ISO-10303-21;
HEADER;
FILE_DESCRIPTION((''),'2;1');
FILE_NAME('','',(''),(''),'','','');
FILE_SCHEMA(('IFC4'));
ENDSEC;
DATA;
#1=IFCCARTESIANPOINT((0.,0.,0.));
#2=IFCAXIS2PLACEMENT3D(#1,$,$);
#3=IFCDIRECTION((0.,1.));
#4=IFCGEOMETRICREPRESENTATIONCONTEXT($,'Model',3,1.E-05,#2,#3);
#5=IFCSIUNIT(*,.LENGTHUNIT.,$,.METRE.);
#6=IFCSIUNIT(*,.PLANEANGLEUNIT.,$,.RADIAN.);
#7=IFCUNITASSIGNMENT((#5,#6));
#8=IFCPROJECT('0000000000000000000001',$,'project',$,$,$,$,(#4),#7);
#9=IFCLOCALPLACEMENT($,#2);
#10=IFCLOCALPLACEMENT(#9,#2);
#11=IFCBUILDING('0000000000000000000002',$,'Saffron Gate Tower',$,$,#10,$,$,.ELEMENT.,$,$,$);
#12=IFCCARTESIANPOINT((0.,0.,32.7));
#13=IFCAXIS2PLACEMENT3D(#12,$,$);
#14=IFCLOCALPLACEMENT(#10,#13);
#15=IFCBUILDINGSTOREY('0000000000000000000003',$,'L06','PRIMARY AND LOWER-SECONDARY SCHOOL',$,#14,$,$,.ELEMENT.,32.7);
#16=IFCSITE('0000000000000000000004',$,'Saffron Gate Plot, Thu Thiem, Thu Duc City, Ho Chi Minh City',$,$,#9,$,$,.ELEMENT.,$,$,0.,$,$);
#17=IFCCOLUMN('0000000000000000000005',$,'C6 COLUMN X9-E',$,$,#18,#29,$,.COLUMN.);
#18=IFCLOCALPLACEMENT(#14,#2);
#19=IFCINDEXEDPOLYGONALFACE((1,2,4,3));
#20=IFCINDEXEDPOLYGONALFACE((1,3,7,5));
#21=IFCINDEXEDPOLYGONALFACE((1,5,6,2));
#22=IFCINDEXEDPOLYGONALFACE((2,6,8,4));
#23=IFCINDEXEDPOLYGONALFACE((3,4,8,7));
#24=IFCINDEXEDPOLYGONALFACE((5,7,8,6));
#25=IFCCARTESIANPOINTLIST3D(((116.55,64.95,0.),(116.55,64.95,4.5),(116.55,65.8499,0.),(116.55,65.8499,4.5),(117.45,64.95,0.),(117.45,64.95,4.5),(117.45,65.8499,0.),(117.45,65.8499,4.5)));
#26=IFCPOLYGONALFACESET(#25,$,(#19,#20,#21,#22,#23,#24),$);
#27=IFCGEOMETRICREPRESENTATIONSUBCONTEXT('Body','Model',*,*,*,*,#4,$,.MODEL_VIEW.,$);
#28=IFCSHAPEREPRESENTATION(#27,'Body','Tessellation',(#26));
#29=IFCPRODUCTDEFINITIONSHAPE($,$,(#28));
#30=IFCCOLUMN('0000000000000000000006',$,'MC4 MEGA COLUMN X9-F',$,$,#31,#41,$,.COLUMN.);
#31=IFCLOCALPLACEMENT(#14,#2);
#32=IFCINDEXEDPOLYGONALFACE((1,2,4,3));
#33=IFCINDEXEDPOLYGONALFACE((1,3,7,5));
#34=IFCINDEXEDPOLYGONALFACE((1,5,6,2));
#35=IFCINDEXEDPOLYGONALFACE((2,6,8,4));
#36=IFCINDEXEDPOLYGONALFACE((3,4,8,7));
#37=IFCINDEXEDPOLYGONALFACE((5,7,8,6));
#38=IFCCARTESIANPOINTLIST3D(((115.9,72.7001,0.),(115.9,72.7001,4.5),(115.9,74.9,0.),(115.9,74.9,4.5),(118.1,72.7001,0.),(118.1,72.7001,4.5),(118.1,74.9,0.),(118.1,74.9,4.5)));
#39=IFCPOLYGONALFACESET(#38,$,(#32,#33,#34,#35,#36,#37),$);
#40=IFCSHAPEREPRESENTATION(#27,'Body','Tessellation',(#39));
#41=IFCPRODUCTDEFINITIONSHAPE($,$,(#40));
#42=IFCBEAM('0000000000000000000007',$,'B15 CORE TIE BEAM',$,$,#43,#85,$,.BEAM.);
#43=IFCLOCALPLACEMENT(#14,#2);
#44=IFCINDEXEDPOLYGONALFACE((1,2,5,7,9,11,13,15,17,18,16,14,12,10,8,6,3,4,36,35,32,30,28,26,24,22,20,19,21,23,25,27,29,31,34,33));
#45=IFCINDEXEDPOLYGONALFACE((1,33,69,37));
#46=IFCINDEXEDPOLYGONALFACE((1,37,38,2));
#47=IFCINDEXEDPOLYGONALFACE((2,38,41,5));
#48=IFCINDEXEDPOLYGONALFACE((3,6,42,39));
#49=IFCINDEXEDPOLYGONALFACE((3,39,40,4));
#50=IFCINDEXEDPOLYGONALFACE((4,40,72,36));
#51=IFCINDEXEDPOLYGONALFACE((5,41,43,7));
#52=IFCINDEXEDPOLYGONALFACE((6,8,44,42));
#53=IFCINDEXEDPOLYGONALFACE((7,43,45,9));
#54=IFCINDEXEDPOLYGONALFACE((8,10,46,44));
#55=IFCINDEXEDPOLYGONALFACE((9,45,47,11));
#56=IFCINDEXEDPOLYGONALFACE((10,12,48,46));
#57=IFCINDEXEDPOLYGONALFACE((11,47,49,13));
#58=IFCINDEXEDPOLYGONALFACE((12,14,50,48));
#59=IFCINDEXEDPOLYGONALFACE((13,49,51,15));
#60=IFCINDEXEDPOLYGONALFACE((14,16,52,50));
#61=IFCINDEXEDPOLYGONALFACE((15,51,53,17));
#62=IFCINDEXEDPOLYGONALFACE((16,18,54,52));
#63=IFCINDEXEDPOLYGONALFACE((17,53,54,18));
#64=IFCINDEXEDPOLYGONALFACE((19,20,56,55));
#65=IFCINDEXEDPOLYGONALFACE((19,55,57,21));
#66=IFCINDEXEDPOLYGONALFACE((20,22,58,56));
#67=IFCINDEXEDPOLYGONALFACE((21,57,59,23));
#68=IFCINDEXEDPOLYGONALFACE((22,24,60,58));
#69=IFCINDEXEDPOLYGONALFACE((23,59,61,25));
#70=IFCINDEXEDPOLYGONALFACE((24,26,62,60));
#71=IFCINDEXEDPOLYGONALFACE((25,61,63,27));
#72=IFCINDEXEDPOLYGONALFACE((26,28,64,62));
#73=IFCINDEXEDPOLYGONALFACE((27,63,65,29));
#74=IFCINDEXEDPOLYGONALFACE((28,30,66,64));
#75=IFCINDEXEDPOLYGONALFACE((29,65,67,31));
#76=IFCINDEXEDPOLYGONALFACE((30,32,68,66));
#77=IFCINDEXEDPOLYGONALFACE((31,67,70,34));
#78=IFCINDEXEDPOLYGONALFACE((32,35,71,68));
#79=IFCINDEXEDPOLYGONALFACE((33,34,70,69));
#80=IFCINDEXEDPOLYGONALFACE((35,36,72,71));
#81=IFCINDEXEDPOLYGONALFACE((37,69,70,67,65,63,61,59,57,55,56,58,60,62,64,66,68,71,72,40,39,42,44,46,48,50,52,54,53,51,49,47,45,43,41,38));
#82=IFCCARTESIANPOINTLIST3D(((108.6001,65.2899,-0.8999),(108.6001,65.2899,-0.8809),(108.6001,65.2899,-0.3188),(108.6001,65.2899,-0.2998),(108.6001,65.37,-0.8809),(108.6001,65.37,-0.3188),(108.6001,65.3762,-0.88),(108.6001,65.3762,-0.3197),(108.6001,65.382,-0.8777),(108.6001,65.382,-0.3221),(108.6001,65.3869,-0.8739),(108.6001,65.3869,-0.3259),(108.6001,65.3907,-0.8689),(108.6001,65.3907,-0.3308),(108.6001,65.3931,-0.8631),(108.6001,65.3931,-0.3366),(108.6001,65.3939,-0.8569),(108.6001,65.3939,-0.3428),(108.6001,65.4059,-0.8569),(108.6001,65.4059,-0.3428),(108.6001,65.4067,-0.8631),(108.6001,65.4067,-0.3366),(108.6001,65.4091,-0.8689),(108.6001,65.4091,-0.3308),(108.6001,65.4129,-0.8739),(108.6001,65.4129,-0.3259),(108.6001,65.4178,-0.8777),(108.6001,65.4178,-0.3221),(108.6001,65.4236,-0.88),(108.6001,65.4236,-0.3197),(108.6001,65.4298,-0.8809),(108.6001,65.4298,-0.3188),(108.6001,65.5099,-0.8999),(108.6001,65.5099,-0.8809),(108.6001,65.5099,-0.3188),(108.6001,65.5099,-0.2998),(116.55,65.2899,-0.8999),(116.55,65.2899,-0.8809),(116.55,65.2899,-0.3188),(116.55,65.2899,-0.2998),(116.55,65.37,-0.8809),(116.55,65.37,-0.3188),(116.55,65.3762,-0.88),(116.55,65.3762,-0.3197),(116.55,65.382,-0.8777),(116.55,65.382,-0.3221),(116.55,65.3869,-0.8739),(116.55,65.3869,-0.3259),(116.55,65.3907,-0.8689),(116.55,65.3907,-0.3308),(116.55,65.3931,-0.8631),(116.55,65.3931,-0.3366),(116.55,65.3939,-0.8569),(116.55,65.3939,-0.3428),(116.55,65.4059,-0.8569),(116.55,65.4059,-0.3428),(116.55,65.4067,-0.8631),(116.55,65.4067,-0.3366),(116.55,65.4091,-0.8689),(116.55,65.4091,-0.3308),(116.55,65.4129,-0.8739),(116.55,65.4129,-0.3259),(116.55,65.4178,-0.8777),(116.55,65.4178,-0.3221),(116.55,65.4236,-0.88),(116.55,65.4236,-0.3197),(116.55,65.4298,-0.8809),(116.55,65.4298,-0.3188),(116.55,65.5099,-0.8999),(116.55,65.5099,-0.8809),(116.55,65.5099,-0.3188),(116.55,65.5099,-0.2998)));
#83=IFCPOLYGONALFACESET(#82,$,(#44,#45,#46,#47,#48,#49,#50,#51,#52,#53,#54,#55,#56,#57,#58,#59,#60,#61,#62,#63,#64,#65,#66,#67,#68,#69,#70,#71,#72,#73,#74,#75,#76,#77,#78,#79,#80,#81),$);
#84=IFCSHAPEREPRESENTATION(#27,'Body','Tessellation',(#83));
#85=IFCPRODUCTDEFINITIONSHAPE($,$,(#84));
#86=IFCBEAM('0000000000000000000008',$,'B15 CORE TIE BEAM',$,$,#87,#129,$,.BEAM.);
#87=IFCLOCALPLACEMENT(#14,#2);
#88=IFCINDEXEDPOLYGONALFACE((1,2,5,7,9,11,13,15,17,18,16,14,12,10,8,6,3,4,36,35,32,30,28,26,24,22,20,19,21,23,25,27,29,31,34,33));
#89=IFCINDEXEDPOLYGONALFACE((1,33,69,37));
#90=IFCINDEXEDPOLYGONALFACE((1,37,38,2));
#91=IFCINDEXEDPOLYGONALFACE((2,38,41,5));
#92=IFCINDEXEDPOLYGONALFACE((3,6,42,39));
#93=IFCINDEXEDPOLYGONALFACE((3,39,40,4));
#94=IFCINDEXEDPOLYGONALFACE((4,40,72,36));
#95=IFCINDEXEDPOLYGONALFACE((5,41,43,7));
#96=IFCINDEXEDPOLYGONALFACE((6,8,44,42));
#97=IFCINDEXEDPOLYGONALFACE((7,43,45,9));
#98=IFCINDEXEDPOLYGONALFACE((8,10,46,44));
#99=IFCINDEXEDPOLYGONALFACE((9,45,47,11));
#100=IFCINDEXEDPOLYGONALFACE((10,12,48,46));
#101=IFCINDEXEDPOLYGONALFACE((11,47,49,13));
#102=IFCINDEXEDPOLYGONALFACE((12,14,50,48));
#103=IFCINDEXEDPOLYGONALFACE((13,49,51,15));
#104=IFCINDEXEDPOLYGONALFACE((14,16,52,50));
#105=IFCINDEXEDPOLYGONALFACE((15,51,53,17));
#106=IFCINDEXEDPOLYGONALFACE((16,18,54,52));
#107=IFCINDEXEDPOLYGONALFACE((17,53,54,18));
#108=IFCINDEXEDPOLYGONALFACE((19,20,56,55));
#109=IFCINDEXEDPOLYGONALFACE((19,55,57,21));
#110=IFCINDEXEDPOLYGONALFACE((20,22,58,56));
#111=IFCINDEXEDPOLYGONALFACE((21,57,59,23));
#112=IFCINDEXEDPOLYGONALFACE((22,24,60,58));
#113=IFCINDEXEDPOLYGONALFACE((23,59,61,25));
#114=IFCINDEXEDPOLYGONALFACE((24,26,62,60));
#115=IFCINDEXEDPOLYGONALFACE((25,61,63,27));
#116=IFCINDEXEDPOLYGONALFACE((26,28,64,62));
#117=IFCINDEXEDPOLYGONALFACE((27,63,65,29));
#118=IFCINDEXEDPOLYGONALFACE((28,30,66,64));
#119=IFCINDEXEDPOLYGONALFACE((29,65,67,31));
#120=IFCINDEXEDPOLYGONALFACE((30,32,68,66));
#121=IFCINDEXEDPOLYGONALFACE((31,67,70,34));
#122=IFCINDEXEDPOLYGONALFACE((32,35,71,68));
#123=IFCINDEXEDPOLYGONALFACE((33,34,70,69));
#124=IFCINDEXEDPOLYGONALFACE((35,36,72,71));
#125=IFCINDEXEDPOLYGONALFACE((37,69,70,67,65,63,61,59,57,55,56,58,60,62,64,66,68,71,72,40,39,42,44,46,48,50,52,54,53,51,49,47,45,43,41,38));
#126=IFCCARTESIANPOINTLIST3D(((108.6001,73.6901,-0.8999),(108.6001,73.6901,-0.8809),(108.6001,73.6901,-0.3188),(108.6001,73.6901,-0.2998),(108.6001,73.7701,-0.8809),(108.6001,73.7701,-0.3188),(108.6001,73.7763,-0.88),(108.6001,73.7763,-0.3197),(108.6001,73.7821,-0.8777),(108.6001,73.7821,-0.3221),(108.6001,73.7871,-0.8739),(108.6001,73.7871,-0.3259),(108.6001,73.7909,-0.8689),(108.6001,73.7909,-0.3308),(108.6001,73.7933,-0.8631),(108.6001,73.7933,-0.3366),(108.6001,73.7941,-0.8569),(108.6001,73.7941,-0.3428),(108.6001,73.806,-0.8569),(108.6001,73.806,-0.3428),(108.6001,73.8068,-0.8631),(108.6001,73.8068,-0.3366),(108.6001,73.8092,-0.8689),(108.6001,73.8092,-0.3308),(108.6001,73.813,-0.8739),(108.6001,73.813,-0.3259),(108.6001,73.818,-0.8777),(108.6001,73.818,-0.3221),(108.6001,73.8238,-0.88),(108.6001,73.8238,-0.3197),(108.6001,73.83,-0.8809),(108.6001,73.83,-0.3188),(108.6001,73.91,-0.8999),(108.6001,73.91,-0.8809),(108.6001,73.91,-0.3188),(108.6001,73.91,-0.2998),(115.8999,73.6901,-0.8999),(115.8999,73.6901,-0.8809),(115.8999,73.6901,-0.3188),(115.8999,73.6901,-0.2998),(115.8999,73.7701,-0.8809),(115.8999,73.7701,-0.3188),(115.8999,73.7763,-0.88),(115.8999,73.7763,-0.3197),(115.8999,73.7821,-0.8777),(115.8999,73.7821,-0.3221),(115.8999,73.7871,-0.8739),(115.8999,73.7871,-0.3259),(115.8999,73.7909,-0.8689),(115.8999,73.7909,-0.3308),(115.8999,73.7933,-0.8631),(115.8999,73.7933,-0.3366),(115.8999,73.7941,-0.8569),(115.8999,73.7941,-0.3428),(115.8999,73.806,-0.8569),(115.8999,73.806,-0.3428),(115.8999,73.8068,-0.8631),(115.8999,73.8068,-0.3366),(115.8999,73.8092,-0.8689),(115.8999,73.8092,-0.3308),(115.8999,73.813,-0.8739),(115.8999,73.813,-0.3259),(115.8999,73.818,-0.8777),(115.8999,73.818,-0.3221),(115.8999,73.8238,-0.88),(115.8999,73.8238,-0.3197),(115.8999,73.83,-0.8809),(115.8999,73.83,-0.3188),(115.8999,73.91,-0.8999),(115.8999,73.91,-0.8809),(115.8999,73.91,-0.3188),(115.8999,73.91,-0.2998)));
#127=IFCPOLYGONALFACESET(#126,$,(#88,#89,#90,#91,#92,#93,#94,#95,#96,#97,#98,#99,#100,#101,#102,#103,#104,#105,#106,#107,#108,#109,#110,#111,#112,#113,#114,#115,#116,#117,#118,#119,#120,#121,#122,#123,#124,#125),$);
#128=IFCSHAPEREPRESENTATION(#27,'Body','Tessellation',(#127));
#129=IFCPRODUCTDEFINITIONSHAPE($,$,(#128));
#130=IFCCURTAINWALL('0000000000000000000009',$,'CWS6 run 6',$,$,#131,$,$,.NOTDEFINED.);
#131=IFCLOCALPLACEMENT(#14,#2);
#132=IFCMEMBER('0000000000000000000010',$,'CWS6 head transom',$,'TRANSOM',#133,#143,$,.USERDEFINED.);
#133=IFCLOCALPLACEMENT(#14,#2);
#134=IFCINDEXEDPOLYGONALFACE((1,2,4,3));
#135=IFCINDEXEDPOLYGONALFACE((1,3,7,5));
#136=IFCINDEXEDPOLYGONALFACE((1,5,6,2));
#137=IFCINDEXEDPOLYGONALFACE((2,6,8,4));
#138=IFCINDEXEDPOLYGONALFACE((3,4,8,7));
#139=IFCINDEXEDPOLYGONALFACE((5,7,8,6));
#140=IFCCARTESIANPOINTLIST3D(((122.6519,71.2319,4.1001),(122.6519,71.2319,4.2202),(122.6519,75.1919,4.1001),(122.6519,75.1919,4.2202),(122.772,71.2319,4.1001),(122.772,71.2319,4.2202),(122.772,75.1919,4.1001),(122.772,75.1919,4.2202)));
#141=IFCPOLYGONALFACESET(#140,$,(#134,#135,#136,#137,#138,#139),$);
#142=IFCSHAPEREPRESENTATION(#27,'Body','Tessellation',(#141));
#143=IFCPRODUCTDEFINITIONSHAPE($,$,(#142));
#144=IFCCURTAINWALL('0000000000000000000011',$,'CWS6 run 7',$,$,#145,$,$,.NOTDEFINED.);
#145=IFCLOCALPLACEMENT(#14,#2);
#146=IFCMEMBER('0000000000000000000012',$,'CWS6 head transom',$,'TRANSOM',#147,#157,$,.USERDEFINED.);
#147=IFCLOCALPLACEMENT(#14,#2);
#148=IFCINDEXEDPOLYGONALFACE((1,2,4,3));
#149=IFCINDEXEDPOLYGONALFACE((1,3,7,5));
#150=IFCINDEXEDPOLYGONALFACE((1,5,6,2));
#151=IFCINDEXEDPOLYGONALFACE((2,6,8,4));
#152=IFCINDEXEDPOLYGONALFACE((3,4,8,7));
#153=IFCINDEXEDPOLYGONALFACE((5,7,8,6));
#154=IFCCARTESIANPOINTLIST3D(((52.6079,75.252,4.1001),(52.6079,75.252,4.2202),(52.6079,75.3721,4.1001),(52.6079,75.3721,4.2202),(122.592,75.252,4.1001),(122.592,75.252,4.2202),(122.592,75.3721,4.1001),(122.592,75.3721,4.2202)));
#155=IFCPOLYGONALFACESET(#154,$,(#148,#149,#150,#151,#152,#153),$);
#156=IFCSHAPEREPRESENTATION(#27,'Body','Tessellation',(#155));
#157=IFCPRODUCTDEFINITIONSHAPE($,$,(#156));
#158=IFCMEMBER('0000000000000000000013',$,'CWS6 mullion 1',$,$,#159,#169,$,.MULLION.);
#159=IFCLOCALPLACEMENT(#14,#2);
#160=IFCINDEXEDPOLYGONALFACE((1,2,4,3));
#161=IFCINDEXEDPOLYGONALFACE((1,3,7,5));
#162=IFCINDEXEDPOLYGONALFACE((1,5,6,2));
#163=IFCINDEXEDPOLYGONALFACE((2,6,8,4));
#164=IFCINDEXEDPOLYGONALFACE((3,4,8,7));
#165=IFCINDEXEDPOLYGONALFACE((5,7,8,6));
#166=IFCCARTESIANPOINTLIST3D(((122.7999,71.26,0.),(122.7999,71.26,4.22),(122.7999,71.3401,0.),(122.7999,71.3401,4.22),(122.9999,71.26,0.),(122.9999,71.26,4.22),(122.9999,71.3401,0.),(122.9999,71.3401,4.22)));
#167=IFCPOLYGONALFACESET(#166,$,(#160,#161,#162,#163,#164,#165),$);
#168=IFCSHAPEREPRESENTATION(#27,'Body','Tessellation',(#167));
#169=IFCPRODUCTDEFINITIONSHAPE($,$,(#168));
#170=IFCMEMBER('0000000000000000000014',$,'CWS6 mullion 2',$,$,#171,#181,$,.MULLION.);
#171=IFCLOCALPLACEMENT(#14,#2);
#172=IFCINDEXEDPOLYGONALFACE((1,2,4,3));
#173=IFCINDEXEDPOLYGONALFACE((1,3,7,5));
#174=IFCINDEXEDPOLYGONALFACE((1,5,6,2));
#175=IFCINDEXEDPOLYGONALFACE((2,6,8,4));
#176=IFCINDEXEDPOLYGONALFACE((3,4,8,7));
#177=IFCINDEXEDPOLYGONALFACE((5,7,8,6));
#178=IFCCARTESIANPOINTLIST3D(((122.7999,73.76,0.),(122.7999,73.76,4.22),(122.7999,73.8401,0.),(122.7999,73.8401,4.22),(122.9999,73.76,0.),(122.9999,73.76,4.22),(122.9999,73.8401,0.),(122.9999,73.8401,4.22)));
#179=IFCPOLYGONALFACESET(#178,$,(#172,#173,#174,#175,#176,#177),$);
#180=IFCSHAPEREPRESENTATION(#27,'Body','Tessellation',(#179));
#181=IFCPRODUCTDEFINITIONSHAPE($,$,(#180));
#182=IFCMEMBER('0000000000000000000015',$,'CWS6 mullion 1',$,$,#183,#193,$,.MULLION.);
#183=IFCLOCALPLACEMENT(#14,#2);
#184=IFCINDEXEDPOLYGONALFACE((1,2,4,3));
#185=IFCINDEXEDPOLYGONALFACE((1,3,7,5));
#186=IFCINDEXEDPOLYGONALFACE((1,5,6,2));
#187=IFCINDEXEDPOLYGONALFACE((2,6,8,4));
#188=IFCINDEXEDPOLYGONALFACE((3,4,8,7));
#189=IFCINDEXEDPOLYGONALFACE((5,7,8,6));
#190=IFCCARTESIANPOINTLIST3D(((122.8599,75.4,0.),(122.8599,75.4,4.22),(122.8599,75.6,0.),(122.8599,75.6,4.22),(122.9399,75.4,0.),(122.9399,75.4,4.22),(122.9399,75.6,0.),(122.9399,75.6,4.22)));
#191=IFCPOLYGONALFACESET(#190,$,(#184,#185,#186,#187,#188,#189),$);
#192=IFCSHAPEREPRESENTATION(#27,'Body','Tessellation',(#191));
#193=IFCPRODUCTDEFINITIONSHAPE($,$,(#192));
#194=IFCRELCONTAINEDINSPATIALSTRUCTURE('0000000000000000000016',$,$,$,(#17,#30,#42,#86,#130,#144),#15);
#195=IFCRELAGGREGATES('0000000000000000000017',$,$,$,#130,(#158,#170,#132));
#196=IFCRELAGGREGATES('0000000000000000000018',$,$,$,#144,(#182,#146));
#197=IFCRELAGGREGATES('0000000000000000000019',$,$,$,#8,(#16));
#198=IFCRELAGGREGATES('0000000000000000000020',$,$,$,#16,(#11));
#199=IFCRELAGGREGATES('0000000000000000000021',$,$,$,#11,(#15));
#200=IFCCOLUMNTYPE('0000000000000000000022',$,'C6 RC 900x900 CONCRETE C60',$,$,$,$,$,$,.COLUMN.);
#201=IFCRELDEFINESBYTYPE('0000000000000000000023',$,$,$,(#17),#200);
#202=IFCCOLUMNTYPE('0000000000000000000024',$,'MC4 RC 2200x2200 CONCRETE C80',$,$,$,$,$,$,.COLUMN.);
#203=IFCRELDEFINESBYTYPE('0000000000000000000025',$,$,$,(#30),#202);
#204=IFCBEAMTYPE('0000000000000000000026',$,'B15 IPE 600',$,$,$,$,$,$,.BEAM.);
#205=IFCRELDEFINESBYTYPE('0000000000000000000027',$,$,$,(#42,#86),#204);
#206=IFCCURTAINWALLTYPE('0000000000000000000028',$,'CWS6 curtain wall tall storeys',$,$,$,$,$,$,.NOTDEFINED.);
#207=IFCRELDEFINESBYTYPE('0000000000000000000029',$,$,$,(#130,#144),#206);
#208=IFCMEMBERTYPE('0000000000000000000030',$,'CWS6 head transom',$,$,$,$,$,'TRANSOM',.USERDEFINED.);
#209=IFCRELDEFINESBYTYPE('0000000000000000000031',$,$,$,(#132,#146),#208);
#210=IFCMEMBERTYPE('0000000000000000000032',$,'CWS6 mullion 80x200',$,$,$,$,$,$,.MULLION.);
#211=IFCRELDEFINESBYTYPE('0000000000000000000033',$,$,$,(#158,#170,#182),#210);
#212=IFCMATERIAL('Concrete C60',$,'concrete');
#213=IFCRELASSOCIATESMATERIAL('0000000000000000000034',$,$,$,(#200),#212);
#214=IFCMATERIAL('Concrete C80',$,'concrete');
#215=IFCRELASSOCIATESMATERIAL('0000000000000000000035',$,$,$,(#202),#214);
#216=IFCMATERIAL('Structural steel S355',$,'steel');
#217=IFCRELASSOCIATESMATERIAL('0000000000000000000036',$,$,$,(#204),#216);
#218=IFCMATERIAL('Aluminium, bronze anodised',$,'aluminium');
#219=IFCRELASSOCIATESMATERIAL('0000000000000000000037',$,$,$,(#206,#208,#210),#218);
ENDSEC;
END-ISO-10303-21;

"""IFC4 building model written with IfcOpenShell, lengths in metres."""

from ifc_helpers import new_model, si_unit, direction, frame, origin, origin_2d, place, context, subcontext, project, spatial, rectangle, i_section, extrude, material, material_profile, profile_set, type_object, element, aggregate, save


model = new_model("IFC4")

# Units and contexts
model_context = context("Model", 3, precision=1e-05, world=origin(), true_north=direction((0.0, 1.0)))
body_context = subcontext(model_context, "Body", "Model", "MODEL_VIEW")
ifc_project = project(units=[si_unit("LENGTHUNIT", "METRE"), si_unit("PLANEANGLEUNIT", "RADIAN")], contexts=[model_context])

# Site, building, storey
site_placement = place(None, origin())
site = spatial("IfcSite", under=ifc_project, at=site_placement, Name="Saffron Gate Plot, Thu Thiem, Thu Duc City, Ho Chi Minh City", CompositionType="ELEMENT", RefElevation=0.0)
building_placement = place(site_placement, origin())
building = spatial("IfcBuilding", under=site, at=building_placement, Name="Saffron Gate Tower", CompositionType="ELEMENT")
storey_placement = place(building_placement, frame((0.0, 0.0, 32.7)))
storey = spatial("IfcBuildingStorey", under=building, at=storey_placement, Name="L06", Description="PRIMARY AND LOWER-SECONDARY SCHOOL", CompositionType="ELEMENT", Elevation=32.7)

# Columns
ifc_material_1 = material(Name="Concrete C60", Category="concrete")
ifc_material_profile_1 = material_profile(ifc_material_1, rectangle(XDim=0.8999, YDim=0.8999, at=origin_2d()))
ifc_profile_set_1 = profile_set([ifc_material_profile_1], Name="Concrete C60")
column_type_1 = type_object("IfcColumnType", Name="C6 RC 900x900 CONCRETE C60", PredefinedType="COLUMN", material=ifc_profile_set_1)
column_1_placement = place(storey_placement, frame((117.0, 65.3999, 0.0), z_axis=(0.0, 0.0, 1.0), x_axis=(1.0, 0.0, 0.0)))
element("IfcColumn", 1, at=column_1_placement, inside=storey, type_object=column_type_1, Name="C6 COLUMN X9-E", PredefinedType="COLUMN", context=body_context, shape_type="SweptSolid", body=[
    extrude(rectangle(XDim=0.8999, YDim=0.8999, at=origin_2d()), origin(), (0.0, 0.0, 1.0), 4.5),
])
ifc_material_2 = material(Name="Concrete C80", Category="concrete")
ifc_material_profile_2 = material_profile(ifc_material_2, rectangle(XDim=2.2, YDim=2.2, at=origin_2d()))
ifc_profile_set_2 = profile_set([ifc_material_profile_2], Name="Concrete C80")
column_type_2 = type_object("IfcColumnType", Name="MC4 RC 2200x2200 CONCRETE C80", PredefinedType="COLUMN", material=ifc_profile_set_2)
column_2_placement = place(storey_placement, frame((117.0, 73.8, 0.0), z_axis=(0.0, 0.0, 1.0), x_axis=(1.0, 0.0, 0.0)))
element("IfcColumn", 2, at=column_2_placement, inside=storey, type_object=column_type_2, Name="MC4 MEGA COLUMN X9-F", PredefinedType="COLUMN", context=body_context, shape_type="SweptSolid", body=[
    extrude(rectangle(XDim=2.2, YDim=2.2, at=origin_2d()), origin(), (0.0, 0.0, 1.0), 4.5),
])

# Beams
ifc_material_3 = material(Name="Structural steel S355", Category="steel")
ifc_material_profile_3 = material_profile(ifc_material_3, i_section(OverallWidth=0.22, OverallDepth=0.6001, WebThickness=0.012, FlangeThickness=0.019, FilletRadius=0.0239, at=origin_2d()))
ifc_profile_set_3 = profile_set([ifc_material_profile_3], Name="Structural steel S355")
beam_type = type_object("IfcBeamType", Name="B15 IPE 600", PredefinedType="BEAM", material=ifc_profile_set_3)
beam_1_placement = place(storey_placement, frame((116.55, 65.3999, -0.5999), z_axis=(-1.0, 0.0, 0.0), x_axis=(0.0, -1.0, 0.0)))
element("IfcBeam", 3, at=beam_1_placement, inside=storey, type_object=beam_type, Name="B15 CORE TIE BEAM", PredefinedType="BEAM", context=body_context, shape_type="SweptSolid", body=[
    extrude(i_section(OverallWidth=0.22, OverallDepth=0.6001, WebThickness=0.012, FlangeThickness=0.019, FilletRadius=0.0239, at=origin_2d()), origin(), (0.0, 0.0, 1.0), 7.95),
])
beam_2_placement = place(storey_placement, frame((115.8999, 73.8, -0.5999), z_axis=(-1.0, 0.0, 0.0), x_axis=(0.0, -1.0, 0.0)))
element("IfcBeam", 4, at=beam_2_placement, inside=storey, type_object=beam_type, Name="B15 CORE TIE BEAM", PredefinedType="BEAM", context=body_context, shape_type="SweptSolid", body=[
    extrude(i_section(OverallWidth=0.22, OverallDepth=0.6001, WebThickness=0.012, FlangeThickness=0.019, FilletRadius=0.0239, at=origin_2d()), origin(), (0.0, 0.0, 1.0), 7.2998),
])

# Curtain walls, members
ifc_material_4 = material(Name="Aluminium, bronze anodised", Category="aluminium")
curtain_wall_type = type_object("IfcCurtainWallType", Name="CWS6 curtain wall tall storeys", PredefinedType="NOTDEFINED", material=ifc_material_4)
curtain_wall_1_placement = place(storey_placement, origin())
curtain_wall_1 = element("IfcCurtainWall", 5, at=curtain_wall_1_placement, inside=storey, type_object=curtain_wall_type, Name="CWS6 run 6", PredefinedType="NOTDEFINED")
ifc_material_profile_4 = material_profile(ifc_material_4, rectangle(XDim=0.1201, YDim=0.1201, at=origin_2d()))
ifc_profile_set_4 = profile_set([ifc_material_profile_4], Name="Aluminium, bronze anodised")
member_type_1 = type_object("IfcMemberType", Name="CWS6 head transom", ElementType="TRANSOM", PredefinedType="USERDEFINED", material=ifc_profile_set_4)
member_1_placement = place(storey_placement, frame((122.7119, 71.2319, 4.1602), z_axis=(0.0, 1.0, 0.0), x_axis=(-1.0, 0.0, 0.0)))
member_1 = element("IfcMember", 6, at=member_1_placement, type_object=member_type_1, Name="CWS6 head transom", ObjectType="TRANSOM", PredefinedType="USERDEFINED", context=body_context, shape_type="SweptSolid", body=[
    extrude(rectangle(XDim=0.1201, YDim=0.1201, at=origin_2d()), origin(), (0.0, 0.0, 1.0), 3.96),
])
curtain_wall_2_placement = place(storey_placement, origin())
curtain_wall_2 = element("IfcCurtainWall", 7, at=curtain_wall_2_placement, inside=storey, type_object=curtain_wall_type, Name="CWS6 run 7", PredefinedType="NOTDEFINED")
member_2_placement = place(storey_placement, frame((122.592, 75.312, 4.1602), z_axis=(-1.0, 0.0, 0.0), x_axis=(0.0, -1.0, 0.0)))
member_2 = element("IfcMember", 8, at=member_2_placement, type_object=member_type_1, Name="CWS6 head transom", ObjectType="TRANSOM", PredefinedType="USERDEFINED", context=body_context, shape_type="SweptSolid", body=[
    extrude(rectangle(XDim=0.1201, YDim=0.1201, at=origin_2d()), origin(), (0.0, 0.0, 1.0), 69.9841),
])

# Members
ifc_material_profile_5 = material_profile(ifc_material_4, rectangle(XDim=0.2, YDim=0.0801, at=origin_2d()))
ifc_profile_set_5 = profile_set([ifc_material_profile_5], Name="Aluminium, bronze anodised")
member_type_2 = type_object("IfcMemberType", Name="CWS6 mullion 80x200", PredefinedType="MULLION", material=ifc_profile_set_5)
member_3_placement = place(storey_placement, frame((122.8999, 71.3, 0.0), z_axis=(0.0, 0.0, 1.0), x_axis=(-1.0, 0.0, 0.0)))
member_3 = element("IfcMember", 9, at=member_3_placement, type_object=member_type_2, Name="CWS6 mullion 1", PredefinedType="MULLION", context=body_context, shape_type="SweptSolid", body=[
    extrude(rectangle(XDim=0.2, YDim=0.0801, at=origin_2d()), origin(), (0.0, 0.0, 1.0), 4.22),
])
member_4_placement = place(storey_placement, frame((122.8999, 73.8, 0.0), z_axis=(0.0, 0.0, 1.0), x_axis=(-1.0, 0.0, 0.0)))
member_4 = element("IfcMember", 10, at=member_4_placement, type_object=member_type_2, Name="CWS6 mullion 2", PredefinedType="MULLION", context=body_context, shape_type="SweptSolid", body=[
    extrude(rectangle(XDim=0.2, YDim=0.0801, at=origin_2d()), origin(), (0.0, 0.0, 1.0), 4.22),
])
member_5_placement = place(storey_placement, frame((122.8999, 75.5, 0.0), z_axis=(0.0, 0.0, 1.0), x_axis=(0.0, -1.0, 0.0)))
member_5 = element("IfcMember", 11, at=member_5_placement, type_object=member_type_2, Name="CWS6 mullion 1", PredefinedType="MULLION", context=body_context, shape_type="SweptSolid", body=[
    extrude(rectangle(XDim=0.2, YDim=0.0801, at=origin_2d()), origin(), (0.0, 0.0, 1.0), 4.22),
])

aggregate(curtain_wall_1, [member_3, member_4, member_1])

aggregate(curtain_wall_2, [member_5, member_2])

save(model, "model.ifc")
